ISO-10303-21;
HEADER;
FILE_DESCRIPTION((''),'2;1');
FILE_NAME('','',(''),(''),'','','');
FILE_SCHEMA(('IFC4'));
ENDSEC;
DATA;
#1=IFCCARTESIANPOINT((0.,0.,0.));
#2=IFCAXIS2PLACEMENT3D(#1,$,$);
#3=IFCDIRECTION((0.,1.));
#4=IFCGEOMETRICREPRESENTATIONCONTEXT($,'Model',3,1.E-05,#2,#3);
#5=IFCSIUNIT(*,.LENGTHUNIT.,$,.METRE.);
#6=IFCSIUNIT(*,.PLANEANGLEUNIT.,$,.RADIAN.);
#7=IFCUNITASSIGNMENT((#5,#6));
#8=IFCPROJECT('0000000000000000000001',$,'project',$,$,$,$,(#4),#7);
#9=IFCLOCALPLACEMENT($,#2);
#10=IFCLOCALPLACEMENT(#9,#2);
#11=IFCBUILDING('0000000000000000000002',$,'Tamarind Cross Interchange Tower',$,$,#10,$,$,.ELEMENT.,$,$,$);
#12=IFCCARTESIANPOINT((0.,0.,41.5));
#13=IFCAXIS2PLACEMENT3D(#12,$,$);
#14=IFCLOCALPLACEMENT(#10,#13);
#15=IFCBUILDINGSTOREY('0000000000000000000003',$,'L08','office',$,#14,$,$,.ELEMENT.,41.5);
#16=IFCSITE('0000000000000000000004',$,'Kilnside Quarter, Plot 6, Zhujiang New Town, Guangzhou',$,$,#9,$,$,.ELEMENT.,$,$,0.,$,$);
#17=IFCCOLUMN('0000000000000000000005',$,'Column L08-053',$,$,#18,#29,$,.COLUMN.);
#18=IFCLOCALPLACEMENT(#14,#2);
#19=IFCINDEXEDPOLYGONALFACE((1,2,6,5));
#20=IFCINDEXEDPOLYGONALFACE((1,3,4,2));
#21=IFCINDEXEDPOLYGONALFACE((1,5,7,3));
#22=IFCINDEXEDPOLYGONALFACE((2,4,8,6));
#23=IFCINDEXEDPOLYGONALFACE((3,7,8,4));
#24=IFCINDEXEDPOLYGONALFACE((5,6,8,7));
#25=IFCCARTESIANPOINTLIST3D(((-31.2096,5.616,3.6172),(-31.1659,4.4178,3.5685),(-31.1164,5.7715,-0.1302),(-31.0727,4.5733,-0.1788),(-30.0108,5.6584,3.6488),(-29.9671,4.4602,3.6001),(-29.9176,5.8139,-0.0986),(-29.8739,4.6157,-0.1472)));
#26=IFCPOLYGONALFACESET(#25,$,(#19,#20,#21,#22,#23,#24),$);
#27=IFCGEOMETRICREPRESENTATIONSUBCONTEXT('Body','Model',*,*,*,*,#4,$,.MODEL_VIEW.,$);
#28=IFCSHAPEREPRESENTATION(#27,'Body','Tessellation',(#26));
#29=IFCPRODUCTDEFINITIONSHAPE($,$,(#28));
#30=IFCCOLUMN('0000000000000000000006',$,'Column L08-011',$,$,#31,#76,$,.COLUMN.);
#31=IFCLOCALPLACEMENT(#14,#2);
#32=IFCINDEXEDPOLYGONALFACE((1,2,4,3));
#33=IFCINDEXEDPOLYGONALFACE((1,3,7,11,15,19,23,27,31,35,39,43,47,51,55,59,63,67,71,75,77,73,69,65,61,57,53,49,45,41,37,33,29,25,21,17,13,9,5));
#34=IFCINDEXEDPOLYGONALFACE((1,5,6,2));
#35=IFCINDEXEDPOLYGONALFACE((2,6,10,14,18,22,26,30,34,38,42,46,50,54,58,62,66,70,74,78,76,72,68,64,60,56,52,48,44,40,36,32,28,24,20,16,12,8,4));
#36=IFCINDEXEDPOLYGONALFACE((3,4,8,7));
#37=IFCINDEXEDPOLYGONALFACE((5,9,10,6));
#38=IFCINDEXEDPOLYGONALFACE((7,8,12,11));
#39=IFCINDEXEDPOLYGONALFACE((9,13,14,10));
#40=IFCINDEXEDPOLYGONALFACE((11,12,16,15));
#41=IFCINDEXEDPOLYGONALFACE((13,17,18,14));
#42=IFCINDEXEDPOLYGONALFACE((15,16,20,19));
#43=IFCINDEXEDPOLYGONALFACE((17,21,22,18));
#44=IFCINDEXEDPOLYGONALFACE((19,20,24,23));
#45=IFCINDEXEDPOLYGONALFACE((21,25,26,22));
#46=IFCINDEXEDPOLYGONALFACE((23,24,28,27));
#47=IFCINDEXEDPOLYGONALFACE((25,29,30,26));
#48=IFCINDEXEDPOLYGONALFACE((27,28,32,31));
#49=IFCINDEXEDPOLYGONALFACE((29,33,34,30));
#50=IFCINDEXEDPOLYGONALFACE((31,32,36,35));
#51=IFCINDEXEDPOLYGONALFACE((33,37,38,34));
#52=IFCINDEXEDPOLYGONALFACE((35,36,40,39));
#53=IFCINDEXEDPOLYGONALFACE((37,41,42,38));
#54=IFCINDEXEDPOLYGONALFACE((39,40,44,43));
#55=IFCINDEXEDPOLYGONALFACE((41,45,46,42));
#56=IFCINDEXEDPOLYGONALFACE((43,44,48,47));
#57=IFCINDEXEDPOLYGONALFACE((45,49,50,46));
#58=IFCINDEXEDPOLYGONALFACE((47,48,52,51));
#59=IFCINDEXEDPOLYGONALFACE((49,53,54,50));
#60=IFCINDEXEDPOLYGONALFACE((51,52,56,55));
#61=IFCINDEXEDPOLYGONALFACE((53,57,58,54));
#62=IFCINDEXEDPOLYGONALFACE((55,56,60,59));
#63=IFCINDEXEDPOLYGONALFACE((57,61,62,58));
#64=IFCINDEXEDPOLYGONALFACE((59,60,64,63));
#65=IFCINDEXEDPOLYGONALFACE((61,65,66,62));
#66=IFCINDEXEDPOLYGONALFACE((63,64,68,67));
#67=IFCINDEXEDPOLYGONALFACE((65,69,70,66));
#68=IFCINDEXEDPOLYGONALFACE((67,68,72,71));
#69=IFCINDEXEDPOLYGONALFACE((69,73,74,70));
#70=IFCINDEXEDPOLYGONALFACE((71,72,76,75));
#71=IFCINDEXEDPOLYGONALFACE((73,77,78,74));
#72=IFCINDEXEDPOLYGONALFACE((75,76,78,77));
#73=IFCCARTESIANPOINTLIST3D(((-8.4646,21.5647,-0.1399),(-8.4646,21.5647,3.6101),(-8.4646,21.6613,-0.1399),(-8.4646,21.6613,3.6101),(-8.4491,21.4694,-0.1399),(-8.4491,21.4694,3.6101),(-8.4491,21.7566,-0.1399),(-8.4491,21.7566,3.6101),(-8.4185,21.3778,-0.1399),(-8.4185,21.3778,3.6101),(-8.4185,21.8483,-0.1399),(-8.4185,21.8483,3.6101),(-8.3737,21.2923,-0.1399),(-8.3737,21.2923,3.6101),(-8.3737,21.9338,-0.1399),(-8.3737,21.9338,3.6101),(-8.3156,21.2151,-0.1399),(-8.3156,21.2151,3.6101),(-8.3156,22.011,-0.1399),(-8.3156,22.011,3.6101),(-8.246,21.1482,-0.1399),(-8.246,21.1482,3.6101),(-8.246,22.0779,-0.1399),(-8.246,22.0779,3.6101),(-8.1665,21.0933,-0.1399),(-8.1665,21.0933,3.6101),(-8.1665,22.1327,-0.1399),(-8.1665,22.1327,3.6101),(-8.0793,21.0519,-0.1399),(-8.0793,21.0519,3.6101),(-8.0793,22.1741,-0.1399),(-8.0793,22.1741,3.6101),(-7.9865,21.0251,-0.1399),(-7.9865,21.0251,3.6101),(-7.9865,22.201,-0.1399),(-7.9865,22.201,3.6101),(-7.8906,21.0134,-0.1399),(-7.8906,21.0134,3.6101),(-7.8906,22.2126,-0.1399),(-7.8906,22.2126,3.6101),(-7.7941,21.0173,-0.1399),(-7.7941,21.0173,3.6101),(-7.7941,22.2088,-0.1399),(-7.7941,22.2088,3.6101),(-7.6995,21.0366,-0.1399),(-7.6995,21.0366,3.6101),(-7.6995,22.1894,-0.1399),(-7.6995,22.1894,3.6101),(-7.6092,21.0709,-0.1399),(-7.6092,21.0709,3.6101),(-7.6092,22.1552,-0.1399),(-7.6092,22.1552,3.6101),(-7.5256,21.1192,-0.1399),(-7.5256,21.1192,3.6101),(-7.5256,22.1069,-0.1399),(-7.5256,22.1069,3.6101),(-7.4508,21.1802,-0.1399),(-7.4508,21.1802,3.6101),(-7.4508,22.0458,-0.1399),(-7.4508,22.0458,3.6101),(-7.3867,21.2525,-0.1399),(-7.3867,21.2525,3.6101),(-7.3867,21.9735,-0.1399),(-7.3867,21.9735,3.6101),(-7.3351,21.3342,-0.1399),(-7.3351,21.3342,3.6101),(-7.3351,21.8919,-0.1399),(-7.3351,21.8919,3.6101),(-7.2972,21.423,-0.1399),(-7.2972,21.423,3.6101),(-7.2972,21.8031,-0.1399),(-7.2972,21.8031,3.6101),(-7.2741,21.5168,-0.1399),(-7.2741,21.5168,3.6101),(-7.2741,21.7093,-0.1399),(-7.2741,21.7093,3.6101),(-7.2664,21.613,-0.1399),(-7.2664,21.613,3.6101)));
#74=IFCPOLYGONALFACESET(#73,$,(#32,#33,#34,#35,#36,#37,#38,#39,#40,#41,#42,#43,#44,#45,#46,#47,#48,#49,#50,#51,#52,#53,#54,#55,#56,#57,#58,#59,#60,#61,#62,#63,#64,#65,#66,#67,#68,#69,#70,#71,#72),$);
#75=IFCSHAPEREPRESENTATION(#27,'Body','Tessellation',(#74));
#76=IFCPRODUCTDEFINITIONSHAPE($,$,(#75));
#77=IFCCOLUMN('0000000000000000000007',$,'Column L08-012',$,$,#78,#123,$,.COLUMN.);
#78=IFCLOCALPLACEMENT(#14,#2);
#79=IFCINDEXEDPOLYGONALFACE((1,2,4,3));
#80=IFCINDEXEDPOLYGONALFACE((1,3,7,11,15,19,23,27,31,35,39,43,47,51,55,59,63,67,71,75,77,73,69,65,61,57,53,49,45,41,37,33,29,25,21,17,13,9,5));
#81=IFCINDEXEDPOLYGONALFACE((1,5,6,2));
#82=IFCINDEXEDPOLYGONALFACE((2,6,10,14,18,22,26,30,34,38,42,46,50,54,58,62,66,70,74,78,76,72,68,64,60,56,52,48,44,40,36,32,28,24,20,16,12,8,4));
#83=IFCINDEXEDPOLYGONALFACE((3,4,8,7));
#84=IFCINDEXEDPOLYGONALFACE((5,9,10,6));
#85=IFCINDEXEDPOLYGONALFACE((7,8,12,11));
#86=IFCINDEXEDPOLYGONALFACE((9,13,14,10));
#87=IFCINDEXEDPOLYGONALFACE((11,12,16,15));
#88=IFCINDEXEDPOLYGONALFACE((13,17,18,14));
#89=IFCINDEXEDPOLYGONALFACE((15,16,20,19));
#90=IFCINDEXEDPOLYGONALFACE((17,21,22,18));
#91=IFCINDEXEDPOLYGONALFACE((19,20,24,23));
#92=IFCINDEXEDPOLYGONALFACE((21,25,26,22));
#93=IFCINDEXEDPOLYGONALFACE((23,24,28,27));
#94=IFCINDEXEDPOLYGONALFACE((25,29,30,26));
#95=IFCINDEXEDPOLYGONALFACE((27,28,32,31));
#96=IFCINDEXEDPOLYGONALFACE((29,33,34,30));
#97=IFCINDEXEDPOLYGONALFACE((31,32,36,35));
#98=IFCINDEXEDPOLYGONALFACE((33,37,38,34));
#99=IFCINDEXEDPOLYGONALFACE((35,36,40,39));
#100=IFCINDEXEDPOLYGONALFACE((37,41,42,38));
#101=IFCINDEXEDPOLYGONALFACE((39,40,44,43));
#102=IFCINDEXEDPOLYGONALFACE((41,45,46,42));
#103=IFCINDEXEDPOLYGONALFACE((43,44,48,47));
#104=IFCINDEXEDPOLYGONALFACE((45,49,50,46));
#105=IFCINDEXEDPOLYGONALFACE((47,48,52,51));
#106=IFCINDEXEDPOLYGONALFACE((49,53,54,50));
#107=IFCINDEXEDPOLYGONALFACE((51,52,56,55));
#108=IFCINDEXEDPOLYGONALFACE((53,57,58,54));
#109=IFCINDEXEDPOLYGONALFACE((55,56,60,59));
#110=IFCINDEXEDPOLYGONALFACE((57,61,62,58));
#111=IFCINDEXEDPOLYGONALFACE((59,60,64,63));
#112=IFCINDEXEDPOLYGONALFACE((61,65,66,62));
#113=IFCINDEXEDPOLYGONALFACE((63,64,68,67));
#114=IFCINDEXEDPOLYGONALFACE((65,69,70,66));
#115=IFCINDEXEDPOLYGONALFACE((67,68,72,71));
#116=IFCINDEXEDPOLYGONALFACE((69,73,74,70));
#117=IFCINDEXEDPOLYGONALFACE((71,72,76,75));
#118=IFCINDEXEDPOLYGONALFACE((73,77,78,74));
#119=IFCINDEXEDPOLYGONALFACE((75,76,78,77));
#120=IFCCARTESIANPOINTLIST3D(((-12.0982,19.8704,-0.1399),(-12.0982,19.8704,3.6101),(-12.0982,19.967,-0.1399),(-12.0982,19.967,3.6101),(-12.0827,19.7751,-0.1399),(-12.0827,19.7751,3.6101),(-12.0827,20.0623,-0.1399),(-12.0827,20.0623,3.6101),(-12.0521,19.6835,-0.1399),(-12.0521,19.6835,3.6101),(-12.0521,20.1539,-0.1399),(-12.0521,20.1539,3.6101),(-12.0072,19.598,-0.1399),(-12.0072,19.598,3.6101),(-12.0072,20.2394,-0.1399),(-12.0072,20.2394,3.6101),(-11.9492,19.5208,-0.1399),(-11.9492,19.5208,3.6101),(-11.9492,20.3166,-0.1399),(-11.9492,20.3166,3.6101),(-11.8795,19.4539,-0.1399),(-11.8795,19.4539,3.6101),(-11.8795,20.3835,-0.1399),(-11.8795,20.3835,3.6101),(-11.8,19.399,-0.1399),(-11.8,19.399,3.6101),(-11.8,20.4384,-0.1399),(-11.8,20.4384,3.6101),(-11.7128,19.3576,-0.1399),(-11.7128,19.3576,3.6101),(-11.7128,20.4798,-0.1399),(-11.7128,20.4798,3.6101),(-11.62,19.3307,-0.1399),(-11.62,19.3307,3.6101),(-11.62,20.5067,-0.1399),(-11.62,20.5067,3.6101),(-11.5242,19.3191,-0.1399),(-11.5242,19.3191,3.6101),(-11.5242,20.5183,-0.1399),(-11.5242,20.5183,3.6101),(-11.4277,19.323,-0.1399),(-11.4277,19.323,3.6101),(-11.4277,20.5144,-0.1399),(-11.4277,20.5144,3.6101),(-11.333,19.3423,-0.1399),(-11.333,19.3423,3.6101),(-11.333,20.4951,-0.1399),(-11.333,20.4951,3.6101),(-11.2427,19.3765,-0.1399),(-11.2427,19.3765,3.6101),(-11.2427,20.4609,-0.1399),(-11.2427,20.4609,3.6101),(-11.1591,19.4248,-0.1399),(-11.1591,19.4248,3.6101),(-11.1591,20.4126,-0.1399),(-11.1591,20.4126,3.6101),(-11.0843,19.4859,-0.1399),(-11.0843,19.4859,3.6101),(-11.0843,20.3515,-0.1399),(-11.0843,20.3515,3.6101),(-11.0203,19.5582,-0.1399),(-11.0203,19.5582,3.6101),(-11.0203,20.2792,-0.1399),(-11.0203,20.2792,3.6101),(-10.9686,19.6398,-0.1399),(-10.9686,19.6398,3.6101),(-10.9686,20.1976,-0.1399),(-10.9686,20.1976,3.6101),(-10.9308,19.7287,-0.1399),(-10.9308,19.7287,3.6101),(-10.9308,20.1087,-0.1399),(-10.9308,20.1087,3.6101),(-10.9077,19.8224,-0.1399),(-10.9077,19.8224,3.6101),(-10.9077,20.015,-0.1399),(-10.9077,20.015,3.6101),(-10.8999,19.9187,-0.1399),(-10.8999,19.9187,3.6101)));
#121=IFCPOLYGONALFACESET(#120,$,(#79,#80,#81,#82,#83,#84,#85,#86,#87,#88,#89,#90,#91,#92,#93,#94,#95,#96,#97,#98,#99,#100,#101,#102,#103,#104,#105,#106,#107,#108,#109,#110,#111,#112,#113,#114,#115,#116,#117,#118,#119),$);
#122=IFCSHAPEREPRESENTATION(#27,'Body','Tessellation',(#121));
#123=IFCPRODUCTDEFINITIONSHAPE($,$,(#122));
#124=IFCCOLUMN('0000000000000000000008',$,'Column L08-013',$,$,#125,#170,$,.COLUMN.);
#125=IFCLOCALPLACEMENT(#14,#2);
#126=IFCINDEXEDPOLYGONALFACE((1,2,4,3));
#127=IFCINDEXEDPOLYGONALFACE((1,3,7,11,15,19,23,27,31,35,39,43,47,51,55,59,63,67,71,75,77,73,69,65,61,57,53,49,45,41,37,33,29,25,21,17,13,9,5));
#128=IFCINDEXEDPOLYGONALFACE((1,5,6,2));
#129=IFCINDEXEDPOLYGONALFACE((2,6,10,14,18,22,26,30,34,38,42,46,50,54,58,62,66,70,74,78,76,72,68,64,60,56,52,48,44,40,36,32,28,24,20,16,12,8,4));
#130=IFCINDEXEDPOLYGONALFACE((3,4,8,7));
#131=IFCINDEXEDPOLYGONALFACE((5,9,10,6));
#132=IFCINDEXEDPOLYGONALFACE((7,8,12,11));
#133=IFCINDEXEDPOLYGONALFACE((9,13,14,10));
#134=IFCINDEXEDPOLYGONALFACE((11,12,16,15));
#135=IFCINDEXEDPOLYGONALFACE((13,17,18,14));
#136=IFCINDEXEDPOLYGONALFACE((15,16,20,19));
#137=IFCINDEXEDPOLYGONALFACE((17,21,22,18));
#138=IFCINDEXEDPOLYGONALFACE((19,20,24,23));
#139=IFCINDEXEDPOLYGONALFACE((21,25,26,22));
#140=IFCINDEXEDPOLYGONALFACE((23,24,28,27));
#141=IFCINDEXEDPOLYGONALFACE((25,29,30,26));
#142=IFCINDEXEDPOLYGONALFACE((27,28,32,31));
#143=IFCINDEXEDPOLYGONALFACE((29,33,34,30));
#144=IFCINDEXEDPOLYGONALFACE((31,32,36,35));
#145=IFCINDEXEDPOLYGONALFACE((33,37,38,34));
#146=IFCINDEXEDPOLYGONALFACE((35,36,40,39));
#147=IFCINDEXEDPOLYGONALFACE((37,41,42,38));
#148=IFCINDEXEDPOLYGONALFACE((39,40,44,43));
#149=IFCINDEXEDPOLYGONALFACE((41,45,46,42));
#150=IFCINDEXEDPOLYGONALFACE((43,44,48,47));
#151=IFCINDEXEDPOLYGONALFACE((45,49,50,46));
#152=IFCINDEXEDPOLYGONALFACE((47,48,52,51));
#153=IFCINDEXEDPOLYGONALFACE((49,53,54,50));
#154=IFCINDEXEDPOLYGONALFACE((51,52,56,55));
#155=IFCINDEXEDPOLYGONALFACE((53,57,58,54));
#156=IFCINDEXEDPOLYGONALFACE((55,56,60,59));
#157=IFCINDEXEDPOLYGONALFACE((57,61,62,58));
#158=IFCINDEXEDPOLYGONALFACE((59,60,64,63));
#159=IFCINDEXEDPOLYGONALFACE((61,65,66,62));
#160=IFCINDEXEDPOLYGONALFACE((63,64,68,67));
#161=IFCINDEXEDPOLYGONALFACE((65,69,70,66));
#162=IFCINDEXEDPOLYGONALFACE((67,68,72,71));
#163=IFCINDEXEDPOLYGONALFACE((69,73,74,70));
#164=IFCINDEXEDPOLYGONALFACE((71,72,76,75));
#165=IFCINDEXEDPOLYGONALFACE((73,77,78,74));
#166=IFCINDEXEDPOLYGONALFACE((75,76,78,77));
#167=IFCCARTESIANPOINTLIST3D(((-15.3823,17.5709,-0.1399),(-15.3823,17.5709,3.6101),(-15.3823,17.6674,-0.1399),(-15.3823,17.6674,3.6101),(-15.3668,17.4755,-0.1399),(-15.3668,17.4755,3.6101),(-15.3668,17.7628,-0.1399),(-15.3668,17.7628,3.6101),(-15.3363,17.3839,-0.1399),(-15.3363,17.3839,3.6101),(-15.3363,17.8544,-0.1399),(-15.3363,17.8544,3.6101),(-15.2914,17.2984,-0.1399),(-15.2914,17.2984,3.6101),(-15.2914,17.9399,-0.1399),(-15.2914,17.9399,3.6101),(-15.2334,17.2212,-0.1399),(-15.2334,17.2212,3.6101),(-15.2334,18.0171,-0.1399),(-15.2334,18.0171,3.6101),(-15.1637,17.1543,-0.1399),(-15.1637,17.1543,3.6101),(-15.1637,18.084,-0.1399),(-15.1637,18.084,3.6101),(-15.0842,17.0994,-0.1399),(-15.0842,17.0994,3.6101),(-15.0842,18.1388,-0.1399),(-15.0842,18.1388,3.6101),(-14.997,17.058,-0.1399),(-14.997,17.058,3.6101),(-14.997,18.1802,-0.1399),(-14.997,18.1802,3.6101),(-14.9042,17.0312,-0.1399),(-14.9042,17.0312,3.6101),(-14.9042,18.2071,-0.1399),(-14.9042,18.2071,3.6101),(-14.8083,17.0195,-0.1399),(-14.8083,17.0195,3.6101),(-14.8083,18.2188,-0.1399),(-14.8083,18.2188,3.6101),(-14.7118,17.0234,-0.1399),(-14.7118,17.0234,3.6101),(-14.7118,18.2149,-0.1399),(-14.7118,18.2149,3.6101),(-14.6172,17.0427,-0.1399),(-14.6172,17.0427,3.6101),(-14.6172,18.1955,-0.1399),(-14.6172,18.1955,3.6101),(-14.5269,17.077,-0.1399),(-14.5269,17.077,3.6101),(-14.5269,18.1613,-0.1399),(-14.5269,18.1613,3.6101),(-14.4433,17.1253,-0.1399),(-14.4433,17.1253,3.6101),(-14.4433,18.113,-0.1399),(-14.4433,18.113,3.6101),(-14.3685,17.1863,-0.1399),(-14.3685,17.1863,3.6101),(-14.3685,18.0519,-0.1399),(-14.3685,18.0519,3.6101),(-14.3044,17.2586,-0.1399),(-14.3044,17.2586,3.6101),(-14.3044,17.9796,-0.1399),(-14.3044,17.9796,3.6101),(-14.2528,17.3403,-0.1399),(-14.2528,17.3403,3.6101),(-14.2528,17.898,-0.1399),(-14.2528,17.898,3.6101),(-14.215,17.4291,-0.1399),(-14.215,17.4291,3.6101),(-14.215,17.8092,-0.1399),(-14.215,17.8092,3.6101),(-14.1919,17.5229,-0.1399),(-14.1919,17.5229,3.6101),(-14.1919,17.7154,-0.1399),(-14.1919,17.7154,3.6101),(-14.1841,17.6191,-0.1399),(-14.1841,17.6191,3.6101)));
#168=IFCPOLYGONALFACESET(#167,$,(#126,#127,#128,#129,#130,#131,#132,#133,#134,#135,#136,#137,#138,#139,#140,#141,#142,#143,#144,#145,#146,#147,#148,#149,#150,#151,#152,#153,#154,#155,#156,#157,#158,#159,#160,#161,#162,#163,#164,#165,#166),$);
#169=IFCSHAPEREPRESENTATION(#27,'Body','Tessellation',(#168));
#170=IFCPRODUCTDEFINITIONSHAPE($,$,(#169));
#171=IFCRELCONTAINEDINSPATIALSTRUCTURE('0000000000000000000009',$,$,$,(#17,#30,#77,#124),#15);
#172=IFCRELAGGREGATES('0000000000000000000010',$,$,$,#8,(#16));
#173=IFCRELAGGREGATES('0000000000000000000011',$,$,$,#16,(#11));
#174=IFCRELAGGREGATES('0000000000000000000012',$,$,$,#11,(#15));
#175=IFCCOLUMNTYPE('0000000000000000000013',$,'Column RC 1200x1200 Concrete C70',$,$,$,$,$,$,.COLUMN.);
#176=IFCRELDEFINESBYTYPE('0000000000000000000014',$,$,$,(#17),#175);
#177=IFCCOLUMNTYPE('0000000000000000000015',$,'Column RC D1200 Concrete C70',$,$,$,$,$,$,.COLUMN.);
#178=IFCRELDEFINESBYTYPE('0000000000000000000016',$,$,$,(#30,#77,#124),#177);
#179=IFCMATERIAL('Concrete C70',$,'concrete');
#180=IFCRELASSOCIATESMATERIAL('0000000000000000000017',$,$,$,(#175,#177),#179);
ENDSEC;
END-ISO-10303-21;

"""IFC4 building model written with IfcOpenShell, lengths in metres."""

from ifc_helpers import new_model, si_unit, direction, frame, origin, origin_2d, place, context, subcontext, project, spatial, rectangle, circle, extrude, material, material_profile, profile_set, type_object, element, save


model = new_model("IFC4")

# Units and contexts
model_context = context("Model", 3, precision=1e-05, world=origin(), true_north=direction((0.0, 1.0)))
body_context = subcontext(model_context, "Body", "Model", "MODEL_VIEW")
ifc_project = project(units=[si_unit("LENGTHUNIT", "METRE"), si_unit("PLANEANGLEUNIT", "RADIAN")], contexts=[model_context])

# Site, building, storey
site_placement = place(None, origin())
site = spatial("IfcSite", under=ifc_project, at=site_placement, Name="Kilnside Quarter, Plot 6, Zhujiang New Town, Guangzhou", CompositionType="ELEMENT", RefElevation=0.0)
building_placement = place(site_placement, origin())
building = spatial("IfcBuilding", under=site, at=building_placement, Name="Tamarind Cross Interchange Tower", CompositionType="ELEMENT")
storey_placement = place(building_placement, frame((0.0, 0.0, 41.5)))
storey = spatial("IfcBuildingStorey", under=building, at=storey_placement, Name="L08", Description="office", CompositionType="ELEMENT", Elevation=41.5)

# Columns
ifc_material_1 = material(Name="Concrete C70", Category="concrete")
ifc_material_profile_1 = material_profile(ifc_material_1, rectangle(XDim=1.2, YDim=1.2, at=origin_2d()), Name="RC 1200x1200")
ifc_profile_set_1 = profile_set([ifc_material_profile_1], Name="Concrete C70")
column_type_1 = type_object("IfcColumnType", Name="Column RC 1200x1200 Concrete C70", PredefinedType="COLUMN", material=ifc_profile_set_1)
column_placement = place(storey_placement, frame((-30.4951, 5.1936, -0.1387), z_axis=(-0.024859, -0.041453, 0.998831), x_axis=(0.999028, 0.035357, 0.026331)))
element("IfcColumn", 1, at=column_placement, inside=storey, type_object=column_type_1, Name="Column L08-053", PredefinedType="COLUMN", context=body_context, shape_type="SweptSolid", body=[
    extrude(rectangle(XDim=1.2, YDim=1.2, at=origin_2d()), origin(), (0.0, 0.0, 1.0), 3.7517),
])
ifc_material_profile_2 = material_profile(ifc_material_1, circle(Radius=0.6001, at=origin_2d()), Name="RC D1200")
ifc_profile_set_2 = profile_set([ifc_material_profile_2], Name="Concrete C70")
column_type_2 = type_object("IfcColumnType", Name="Column RC D1200 Concrete C70", PredefinedType="COLUMN", material=ifc_profile_set_2)
for number, where, z_axis, x_axis, name in (
    (2, (-7.8665, 21.613, -0.1399), (0.0, 0.0, 1.0), (1.0, 0.0, 0.0), "Column L08-011"),
    (3, (-11.5, 19.9187, -0.1399), (0.0, 0.0, 1.0), (1.0, 0.0, 0.0), "Column L08-012"),
    (4, (-14.7842, 17.6191, -0.1399), (0.0, 0.0, 1.0), (1.0, 0.0, 0.0), "Column L08-013"),
):
    element("IfcColumn", number, at=place(storey_placement, frame(where, z_axis=z_axis, x_axis=x_axis)), inside=storey, type_object=column_type_2, Name=name, PredefinedType="COLUMN", context=body_context, shape_type="SweptSolid", body=[
        extrude(circle(Radius=0.6001, at=origin_2d()), origin(), (0.0, 0.0, 1.0), 3.75),
    ])

save(model, "model.ifc")
